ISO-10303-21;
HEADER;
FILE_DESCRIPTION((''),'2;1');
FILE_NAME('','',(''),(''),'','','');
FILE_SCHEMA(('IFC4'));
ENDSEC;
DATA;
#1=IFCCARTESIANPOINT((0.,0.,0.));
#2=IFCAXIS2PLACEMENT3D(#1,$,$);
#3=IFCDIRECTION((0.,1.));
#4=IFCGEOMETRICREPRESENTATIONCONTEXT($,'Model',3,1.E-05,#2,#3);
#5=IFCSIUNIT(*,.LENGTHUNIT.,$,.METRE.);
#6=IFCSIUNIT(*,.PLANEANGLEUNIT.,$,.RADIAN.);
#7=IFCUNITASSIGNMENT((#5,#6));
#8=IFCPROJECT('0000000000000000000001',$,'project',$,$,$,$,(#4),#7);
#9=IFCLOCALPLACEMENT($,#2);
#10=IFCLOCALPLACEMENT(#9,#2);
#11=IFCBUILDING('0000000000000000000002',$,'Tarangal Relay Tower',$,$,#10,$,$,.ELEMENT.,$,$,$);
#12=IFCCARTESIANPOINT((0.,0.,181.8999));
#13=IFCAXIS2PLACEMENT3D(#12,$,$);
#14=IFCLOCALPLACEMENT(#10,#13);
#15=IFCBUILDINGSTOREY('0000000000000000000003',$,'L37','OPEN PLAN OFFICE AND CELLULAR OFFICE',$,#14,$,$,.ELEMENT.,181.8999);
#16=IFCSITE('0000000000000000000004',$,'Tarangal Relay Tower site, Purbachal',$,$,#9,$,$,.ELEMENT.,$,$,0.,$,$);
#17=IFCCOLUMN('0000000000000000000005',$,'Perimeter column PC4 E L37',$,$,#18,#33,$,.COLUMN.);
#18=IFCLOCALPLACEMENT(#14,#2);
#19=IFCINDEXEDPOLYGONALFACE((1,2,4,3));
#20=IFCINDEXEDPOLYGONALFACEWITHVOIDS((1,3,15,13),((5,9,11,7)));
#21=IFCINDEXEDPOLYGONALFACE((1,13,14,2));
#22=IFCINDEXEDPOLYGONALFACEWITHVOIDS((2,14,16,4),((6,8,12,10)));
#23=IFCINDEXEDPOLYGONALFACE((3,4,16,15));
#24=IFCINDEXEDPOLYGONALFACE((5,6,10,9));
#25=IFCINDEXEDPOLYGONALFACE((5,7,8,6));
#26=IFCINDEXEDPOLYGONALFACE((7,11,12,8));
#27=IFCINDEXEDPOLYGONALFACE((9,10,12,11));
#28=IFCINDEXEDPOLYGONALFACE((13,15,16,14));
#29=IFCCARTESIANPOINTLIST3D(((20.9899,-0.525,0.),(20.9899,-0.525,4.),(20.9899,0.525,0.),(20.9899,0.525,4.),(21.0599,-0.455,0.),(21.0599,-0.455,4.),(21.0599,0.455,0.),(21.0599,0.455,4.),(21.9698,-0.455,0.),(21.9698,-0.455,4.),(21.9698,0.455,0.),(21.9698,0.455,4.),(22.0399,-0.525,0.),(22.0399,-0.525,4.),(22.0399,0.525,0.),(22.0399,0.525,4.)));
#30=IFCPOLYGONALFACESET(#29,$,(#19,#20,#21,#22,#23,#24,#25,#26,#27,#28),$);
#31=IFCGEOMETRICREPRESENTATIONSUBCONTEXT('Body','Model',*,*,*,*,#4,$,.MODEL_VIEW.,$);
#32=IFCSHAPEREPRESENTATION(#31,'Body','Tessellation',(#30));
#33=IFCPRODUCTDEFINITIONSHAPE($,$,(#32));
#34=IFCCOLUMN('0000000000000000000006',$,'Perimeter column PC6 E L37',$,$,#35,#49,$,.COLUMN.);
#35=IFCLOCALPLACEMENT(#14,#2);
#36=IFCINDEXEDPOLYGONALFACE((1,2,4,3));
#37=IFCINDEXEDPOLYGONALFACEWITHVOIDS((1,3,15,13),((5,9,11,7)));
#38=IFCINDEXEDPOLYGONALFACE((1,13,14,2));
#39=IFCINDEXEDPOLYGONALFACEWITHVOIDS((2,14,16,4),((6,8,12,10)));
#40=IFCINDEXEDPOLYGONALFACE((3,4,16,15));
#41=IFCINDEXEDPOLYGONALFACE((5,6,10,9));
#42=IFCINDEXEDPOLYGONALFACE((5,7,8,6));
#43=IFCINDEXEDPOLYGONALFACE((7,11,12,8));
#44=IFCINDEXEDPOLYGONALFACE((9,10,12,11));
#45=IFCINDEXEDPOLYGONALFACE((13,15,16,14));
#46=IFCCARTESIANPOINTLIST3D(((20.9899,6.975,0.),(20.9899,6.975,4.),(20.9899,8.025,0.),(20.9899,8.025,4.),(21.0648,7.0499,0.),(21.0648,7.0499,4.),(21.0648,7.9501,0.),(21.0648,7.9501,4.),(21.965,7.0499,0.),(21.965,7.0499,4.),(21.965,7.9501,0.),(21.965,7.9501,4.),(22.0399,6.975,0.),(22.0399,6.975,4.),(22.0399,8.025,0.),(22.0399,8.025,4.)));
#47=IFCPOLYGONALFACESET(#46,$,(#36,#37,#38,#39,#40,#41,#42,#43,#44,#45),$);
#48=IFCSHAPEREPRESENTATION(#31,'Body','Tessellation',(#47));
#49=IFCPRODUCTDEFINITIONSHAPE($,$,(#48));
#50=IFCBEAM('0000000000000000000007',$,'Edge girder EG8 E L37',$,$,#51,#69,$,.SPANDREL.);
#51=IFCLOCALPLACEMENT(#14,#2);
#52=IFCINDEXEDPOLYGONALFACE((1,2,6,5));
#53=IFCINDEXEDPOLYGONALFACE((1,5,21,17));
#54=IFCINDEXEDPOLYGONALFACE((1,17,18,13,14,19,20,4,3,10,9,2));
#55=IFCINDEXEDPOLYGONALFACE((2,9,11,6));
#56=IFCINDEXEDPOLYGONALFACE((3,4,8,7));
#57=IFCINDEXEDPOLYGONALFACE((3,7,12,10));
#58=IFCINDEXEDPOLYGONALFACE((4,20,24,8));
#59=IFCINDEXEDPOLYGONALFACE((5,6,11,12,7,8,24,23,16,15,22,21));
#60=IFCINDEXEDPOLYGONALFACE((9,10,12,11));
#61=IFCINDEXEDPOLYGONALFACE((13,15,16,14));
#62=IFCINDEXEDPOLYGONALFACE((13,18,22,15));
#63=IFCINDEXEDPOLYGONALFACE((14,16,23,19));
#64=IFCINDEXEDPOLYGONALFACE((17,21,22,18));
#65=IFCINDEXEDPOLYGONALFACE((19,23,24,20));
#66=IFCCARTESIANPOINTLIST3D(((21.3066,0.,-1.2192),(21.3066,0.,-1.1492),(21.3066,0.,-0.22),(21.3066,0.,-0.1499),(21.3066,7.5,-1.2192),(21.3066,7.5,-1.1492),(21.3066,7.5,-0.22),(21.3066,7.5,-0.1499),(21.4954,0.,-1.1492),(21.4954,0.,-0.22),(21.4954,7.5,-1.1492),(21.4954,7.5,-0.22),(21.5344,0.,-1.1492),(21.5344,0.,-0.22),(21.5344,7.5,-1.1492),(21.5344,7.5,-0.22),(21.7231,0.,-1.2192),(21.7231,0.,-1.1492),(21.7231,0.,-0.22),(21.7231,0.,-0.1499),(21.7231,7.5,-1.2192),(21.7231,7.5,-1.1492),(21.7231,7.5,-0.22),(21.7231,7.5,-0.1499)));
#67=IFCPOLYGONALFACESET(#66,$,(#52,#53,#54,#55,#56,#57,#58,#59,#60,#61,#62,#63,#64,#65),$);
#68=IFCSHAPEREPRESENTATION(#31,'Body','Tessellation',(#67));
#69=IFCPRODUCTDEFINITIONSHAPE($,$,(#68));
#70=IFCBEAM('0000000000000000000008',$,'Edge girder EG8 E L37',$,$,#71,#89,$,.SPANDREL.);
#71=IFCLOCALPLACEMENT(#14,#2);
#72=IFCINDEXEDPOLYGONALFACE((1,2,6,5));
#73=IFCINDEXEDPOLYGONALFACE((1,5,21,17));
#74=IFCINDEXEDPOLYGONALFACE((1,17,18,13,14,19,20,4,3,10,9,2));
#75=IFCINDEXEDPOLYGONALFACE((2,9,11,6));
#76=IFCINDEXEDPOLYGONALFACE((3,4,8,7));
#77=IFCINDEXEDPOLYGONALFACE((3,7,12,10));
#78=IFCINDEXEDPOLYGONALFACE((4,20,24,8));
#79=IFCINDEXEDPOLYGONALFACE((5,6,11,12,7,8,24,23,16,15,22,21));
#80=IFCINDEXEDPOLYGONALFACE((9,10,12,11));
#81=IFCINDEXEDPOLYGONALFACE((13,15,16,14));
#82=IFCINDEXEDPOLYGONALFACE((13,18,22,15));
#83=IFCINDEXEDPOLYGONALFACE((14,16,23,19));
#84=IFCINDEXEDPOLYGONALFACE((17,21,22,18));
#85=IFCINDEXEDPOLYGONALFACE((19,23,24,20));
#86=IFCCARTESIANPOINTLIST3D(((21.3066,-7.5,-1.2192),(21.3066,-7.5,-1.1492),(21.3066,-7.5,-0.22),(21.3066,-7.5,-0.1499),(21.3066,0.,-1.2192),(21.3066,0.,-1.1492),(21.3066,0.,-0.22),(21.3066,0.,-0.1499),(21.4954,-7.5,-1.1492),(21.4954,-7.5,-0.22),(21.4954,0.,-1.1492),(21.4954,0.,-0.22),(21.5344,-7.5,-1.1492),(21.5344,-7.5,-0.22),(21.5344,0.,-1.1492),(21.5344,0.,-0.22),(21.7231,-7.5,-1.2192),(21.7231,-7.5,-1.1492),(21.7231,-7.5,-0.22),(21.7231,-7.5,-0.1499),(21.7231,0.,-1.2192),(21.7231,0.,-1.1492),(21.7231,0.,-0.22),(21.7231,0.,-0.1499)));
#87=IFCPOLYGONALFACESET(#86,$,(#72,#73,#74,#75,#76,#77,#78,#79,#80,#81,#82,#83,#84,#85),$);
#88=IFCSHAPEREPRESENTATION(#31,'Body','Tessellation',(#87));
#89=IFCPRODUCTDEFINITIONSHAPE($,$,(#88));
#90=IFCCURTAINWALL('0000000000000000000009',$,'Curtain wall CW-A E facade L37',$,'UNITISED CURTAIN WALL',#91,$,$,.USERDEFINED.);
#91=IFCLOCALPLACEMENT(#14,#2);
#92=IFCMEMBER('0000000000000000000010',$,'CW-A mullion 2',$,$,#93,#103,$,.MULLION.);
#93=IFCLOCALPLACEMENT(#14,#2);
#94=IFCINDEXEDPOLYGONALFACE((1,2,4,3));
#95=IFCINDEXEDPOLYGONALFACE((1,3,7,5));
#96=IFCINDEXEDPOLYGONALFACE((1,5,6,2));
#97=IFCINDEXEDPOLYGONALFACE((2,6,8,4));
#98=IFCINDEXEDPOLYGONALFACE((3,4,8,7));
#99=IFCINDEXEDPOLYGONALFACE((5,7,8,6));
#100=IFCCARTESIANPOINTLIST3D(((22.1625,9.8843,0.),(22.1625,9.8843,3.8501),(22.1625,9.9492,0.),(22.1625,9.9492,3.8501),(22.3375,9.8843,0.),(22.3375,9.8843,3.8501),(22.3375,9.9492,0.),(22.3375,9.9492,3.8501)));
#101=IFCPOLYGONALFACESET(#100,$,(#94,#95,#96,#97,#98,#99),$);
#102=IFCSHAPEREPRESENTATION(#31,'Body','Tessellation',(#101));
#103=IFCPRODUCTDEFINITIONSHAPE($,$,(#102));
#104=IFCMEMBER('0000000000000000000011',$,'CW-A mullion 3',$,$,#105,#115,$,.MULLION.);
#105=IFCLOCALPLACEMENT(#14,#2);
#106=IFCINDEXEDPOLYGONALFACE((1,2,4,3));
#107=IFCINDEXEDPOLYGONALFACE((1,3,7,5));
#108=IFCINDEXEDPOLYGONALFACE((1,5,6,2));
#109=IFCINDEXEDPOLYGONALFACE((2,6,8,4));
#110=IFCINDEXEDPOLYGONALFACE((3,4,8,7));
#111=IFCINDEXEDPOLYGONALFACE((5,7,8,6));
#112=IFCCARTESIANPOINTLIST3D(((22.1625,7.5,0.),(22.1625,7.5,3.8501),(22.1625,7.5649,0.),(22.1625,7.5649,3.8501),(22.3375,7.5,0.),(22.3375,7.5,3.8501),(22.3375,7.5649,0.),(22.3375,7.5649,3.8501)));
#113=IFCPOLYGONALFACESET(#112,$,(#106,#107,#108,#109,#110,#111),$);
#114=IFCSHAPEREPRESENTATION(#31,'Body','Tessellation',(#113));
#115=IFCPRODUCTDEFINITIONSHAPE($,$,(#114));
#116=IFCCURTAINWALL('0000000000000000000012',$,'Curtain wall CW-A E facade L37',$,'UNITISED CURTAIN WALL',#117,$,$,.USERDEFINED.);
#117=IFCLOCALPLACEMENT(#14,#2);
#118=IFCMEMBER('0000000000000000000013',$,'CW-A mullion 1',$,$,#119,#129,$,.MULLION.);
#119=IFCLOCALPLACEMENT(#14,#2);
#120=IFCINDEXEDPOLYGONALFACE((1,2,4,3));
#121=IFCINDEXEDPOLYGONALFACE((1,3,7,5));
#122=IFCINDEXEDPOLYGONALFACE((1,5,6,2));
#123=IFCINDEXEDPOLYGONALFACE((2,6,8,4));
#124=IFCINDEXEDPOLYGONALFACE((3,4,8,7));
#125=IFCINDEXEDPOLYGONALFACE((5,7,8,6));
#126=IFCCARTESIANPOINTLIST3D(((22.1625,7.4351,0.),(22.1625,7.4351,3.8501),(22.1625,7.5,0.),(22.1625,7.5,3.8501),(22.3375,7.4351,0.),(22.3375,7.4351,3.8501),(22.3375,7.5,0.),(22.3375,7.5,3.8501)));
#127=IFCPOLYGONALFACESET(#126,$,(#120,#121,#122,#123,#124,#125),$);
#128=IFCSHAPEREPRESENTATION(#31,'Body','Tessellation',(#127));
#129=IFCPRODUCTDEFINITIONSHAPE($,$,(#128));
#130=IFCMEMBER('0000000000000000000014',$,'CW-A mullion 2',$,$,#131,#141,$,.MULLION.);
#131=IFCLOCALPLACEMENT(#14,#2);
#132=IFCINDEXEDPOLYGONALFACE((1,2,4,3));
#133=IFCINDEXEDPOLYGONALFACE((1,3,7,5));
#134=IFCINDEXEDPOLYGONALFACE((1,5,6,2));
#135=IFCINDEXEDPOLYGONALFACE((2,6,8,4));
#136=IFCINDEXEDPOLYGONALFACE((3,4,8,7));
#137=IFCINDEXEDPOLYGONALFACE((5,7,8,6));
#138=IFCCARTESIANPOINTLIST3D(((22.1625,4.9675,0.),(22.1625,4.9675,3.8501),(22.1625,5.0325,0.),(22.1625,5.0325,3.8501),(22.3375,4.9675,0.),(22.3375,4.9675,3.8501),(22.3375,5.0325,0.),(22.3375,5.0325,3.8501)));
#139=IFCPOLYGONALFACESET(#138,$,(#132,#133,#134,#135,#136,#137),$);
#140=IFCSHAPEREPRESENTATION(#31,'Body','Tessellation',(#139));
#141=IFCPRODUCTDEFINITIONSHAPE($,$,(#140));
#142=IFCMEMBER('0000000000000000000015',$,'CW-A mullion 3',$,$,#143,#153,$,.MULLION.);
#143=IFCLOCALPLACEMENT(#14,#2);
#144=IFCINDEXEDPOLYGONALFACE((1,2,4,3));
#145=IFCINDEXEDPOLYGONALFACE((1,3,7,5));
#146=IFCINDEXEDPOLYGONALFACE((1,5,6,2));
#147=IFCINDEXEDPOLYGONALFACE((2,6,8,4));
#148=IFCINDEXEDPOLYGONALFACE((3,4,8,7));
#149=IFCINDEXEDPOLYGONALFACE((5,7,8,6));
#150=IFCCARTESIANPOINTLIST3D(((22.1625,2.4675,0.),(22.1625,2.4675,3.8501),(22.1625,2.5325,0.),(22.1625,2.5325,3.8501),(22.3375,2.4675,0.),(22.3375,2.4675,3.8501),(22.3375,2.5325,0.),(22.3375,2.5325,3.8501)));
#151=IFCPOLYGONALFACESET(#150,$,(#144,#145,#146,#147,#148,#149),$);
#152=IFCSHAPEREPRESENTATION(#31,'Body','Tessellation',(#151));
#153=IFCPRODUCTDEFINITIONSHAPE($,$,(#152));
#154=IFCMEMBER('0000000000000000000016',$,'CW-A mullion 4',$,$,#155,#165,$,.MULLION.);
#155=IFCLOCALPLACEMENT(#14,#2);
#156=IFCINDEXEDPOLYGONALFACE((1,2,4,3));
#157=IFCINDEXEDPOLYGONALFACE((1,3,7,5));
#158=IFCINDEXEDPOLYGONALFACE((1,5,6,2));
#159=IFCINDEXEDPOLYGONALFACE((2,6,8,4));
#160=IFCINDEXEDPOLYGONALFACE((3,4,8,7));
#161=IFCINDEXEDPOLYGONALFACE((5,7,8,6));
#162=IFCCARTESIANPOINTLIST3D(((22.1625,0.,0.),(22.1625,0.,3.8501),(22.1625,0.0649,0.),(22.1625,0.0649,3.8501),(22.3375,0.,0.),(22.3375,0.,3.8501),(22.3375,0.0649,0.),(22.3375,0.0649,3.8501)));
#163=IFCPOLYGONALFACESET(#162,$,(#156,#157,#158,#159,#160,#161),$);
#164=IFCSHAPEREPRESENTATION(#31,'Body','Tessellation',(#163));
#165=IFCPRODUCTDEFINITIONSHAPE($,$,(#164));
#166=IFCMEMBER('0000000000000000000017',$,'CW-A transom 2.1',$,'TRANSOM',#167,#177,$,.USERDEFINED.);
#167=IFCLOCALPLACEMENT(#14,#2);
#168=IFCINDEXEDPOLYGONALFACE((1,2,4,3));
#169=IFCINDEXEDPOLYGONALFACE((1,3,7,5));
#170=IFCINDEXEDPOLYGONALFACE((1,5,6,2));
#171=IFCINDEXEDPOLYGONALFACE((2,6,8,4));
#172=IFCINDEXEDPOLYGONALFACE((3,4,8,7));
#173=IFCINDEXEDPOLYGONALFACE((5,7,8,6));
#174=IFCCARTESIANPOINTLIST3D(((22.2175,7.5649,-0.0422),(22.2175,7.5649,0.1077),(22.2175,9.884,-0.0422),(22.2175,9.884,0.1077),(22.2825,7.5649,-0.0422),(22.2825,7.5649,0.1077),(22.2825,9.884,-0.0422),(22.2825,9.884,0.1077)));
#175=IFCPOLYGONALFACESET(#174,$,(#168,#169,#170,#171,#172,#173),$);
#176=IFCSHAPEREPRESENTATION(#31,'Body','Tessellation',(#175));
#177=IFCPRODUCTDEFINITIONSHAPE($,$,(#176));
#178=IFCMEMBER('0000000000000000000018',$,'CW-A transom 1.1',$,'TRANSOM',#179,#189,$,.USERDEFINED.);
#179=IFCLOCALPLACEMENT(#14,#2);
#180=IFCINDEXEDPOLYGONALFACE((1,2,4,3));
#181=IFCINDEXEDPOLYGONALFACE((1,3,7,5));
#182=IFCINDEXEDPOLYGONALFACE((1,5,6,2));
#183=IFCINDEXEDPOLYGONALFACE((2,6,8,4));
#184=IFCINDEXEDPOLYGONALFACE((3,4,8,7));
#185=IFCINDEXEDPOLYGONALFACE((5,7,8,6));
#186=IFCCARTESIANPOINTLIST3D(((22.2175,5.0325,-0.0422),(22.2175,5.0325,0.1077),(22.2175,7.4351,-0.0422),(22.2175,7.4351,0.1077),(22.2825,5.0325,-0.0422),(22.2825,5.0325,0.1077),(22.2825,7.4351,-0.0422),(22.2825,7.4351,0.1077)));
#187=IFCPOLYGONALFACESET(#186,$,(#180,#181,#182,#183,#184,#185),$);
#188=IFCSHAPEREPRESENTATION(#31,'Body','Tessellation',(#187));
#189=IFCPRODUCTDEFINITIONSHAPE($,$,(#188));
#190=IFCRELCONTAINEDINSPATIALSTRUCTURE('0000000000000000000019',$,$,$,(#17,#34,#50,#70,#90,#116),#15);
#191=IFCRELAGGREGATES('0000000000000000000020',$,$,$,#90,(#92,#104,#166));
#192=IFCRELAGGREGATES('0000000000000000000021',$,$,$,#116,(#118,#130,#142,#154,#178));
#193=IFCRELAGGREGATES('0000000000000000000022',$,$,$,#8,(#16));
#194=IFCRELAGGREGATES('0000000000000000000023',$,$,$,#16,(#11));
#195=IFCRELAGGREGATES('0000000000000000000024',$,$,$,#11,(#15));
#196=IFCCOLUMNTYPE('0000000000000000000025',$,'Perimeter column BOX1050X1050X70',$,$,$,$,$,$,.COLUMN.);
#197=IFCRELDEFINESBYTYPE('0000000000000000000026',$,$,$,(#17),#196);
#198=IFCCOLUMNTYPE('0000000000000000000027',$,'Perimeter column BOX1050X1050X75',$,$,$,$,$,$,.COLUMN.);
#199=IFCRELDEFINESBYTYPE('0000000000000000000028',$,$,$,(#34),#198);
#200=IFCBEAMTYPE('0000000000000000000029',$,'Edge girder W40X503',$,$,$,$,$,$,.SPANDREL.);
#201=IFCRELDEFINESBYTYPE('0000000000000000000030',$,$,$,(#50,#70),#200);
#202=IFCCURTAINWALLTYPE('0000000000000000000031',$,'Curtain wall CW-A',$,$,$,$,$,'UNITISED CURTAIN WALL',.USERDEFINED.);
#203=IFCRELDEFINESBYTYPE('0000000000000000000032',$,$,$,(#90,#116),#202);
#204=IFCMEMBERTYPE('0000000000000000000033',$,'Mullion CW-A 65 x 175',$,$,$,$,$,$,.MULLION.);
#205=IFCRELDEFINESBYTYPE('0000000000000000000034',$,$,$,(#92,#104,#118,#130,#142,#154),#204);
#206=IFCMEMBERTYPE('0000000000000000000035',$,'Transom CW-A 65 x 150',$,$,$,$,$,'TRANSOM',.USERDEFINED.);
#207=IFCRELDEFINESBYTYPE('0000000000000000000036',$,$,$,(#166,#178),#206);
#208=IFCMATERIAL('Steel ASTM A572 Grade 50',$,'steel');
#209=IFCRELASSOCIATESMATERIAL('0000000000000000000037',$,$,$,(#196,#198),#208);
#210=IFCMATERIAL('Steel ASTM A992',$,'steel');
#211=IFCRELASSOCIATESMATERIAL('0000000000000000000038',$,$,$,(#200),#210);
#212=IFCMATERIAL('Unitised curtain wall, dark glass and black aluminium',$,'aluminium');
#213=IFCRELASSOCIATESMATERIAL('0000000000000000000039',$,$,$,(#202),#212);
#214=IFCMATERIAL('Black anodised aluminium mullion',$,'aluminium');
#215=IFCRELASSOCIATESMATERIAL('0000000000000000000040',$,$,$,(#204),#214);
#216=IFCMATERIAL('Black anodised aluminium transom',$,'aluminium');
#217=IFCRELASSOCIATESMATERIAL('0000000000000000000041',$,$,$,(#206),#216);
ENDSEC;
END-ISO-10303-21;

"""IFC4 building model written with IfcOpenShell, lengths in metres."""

from ifc_helpers import new_model, si_unit, direction, frame, origin, origin_2d, place, context, subcontext, project, spatial, rectangle, hollow_rectangle, i_section, extrude, material, material_profile, profile_set, type_object, element, aggregate, save


model = new_model("IFC4")

# Units and contexts
model_context = context("Model", 3, precision=1e-05, world=origin(), true_north=direction((0.0, 1.0)))
body_context = subcontext(model_context, "Body", "Model", "MODEL_VIEW")
ifc_project = project(units=[si_unit("LENGTHUNIT", "METRE"), si_unit("PLANEANGLEUNIT", "RADIAN")], contexts=[model_context])

# Site, building, storey
site_placement = place(None, origin())
site = spatial("IfcSite", under=ifc_project, at=site_placement, Name="Tarangal Relay Tower site, Purbachal", CompositionType="ELEMENT", RefElevation=0.0)
building_placement = place(site_placement, origin())
building = spatial("IfcBuilding", under=site, at=building_placement, Name="Tarangal Relay Tower", CompositionType="ELEMENT")
storey_placement = place(building_placement, frame((0.0, 0.0, 181.8999)))
storey = spatial("IfcBuildingStorey", under=building, at=storey_placement, Name="L37", Description="OPEN PLAN OFFICE AND CELLULAR OFFICE", CompositionType="ELEMENT", Elevation=181.8999)

# Columns
ifc_material_1 = material(Name="Steel ASTM A572 Grade 50", Category="steel")
ifc_material_profile_1 = material_profile(ifc_material_1, hollow_rectangle(XDim=1.05, YDim=1.05, WallThickness=0.0701, at=origin_2d()), Name="BOX1050X1050X70")
ifc_profile_set_1 = profile_set([ifc_material_profile_1], Name="Steel ASTM A572 Grade 50")
column_type_1 = type_object("IfcColumnType", Name="Perimeter column BOX1050X1050X70", PredefinedType="COLUMN", material=ifc_profile_set_1)
column_1_placement = place(storey_placement, frame((21.5149, 0.0, 0.0), z_axis=(0.0, 0.0, 1.0), x_axis=(1.0, 0.0, 0.0)))
element("IfcColumn", 1, at=column_1_placement, inside=storey, type_object=column_type_1, Name="Perimeter column PC4 E L37", PredefinedType="COLUMN", context=body_context, shape_type="SweptSolid", body=[
    extrude(hollow_rectangle(XDim=1.05, YDim=1.05, WallThickness=0.0701, at=origin_2d()), origin(), (0.0, 0.0, 1.0), 4.0),
])
ifc_material_profile_2 = material_profile(ifc_material_1, hollow_rectangle(XDim=1.05, YDim=1.05, WallThickness=0.075, at=origin_2d()), Name="BOX1050X1050X75")
ifc_profile_set_2 = profile_set([ifc_material_profile_2], Name="Steel ASTM A572 Grade 50")
column_type_2 = type_object("IfcColumnType", Name="Perimeter column BOX1050X1050X75", PredefinedType="COLUMN", material=ifc_profile_set_2)
column_2_placement = place(storey_placement, frame((21.5149, 7.5, 0.0), z_axis=(0.0, 0.0, 1.0), x_axis=(1.0, 0.0, 0.0)))
element("IfcColumn", 2, at=column_2_placement, inside=storey, type_object=column_type_2, Name="Perimeter column PC6 E L37", PredefinedType="COLUMN", context=body_context, shape_type="SweptSolid", body=[
    extrude(hollow_rectangle(XDim=1.05, YDim=1.05, WallThickness=0.075, at=origin_2d()), origin(), (0.0, 0.0, 1.0), 4.0),
])

# Beams
ifc_material_2 = material(Name="Steel ASTM A992", Category="steel")
ifc_material_profile_3 = material_profile(ifc_material_2, i_section(OverallWidth=0.4165, OverallDepth=1.0693, WebThickness=0.0391, FlangeThickness=0.0701, at=origin_2d()), Name="W40X503")
ifc_profile_set_3 = profile_set([ifc_material_profile_3], Name="Steel ASTM A992")
beam_type = type_object("IfcBeamType", Name="Edge girder W40X503", PredefinedType="SPANDREL", material=ifc_profile_set_3)
for number, where, z_axis, x_axis, name in (
    (3, (21.5149, 7.5, -0.6846), (0.0, -1.0, 0.0), (1.0, 0.0, 0.0), "Edge girder EG8 E L37"),
    (4, (21.5149, 0.0, -0.6846), (0.0, -1.0, 0.0), (1.0, 0.0, 0.0), "Edge girder EG8 E L37"),
):
    element("IfcBeam", number, at=place(storey_placement, frame(where, z_axis=z_axis, x_axis=x_axis)), inside=storey, type_object=beam_type, Name=name, PredefinedType="SPANDREL", context=body_context, shape_type="SweptSolid", body=[
        extrude(i_section(OverallWidth=0.4165, OverallDepth=1.0693, WebThickness=0.0391, FlangeThickness=0.0701, at=origin_2d()), origin(), (0.0, 0.0, 1.0), 7.5),
    ])

# Curtain walls, members
ifc_material_3 = material(Name="Unitised curtain wall, dark glass and black aluminium", Category="aluminium")
curtain_wall_type = type_object("IfcCurtainWallType", Name="Curtain wall CW-A", ElementType="UNITISED CURTAIN WALL", PredefinedType="USERDEFINED", material=ifc_material_3)
curtain_wall_1_placement = place(storey_placement, origin())
curtain_wall_1 = element("IfcCurtainWall", 5, at=curtain_wall_1_placement, inside=storey, type_object=curtain_wall_type, Name="Curtain wall CW-A E facade L37", ObjectType="UNITISED CURTAIN WALL", PredefinedType="USERDEFINED")
ifc_material_4 = material(Name="Black anodised aluminium mullion", Category="aluminium")
ifc_material_profile_4 = material_profile(ifc_material_4, rectangle(XDim=0.175, YDim=0.0649, at=origin_2d()), Name="CW-AM 65X175")
ifc_profile_set_4 = profile_set([ifc_material_profile_4], Name="Black anodised aluminium mullion")
member_type_1 = type_object("IfcMemberType", Name="Mullion CW-A 65 x 175", PredefinedType="MULLION", material=ifc_profile_set_4)
member_1_placement = place(storey_placement, frame((22.25, 9.9167, 0.0), z_axis=(0.0, 0.0, 1.0), x_axis=(1.0, 0.0, 0.0)))
member_1 = element("IfcMember", 6, at=member_1_placement, type_object=member_type_1, Name="CW-A mullion 2", PredefinedType="MULLION", context=body_context, shape_type="SweptSolid", body=[
    extrude(rectangle(XDim=0.175, YDim=0.0649, at=origin_2d()), origin(), (0.0, 0.0, 1.0), 3.8501),
])
member_2_placement = place(storey_placement, frame((22.25, 7.5325, 0.0), z_axis=(0.0, 0.0, 1.0), x_axis=(1.0, 0.0, 0.0)))
member_2 = element("IfcMember", 7, at=member_2_placement, type_object=member_type_1, Name="CW-A mullion 3", PredefinedType="MULLION", context=body_context, shape_type="SweptSolid", body=[
    extrude(rectangle(XDim=0.175, YDim=0.0649, at=origin_2d()), origin(), (0.0, 0.0, 1.0), 3.8501),
])
curtain_wall_2_placement = place(storey_placement, origin())
curtain_wall_2 = element("IfcCurtainWall", 8, at=curtain_wall_2_placement, inside=storey, type_object=curtain_wall_type, Name="Curtain wall CW-A E facade L37", ObjectType="UNITISED CURTAIN WALL", PredefinedType="USERDEFINED")
member_3_placement = place(storey_placement, frame((22.25, 7.4675, 0.0), z_axis=(0.0, 0.0, 1.0), x_axis=(1.0, 0.0, 0.0)))
member_3 = element("IfcMember", 9, at=member_3_placement, type_object=member_type_1, Name="CW-A mullion 1", PredefinedType="MULLION", context=body_context, shape_type="SweptSolid", body=[
    extrude(rectangle(XDim=0.175, YDim=0.0649, at=origin_2d()), origin(), (0.0, 0.0, 1.0), 3.8501),
])
member_4_placement = place(storey_placement, frame((22.25, 5.0, 0.0), z_axis=(0.0, 0.0, 1.0), x_axis=(1.0, 0.0, 0.0)))
member_4 = element("IfcMember", 10, at=member_4_placement, type_object=member_type_1, Name="CW-A mullion 2", PredefinedType="MULLION", context=body_context, shape_type="SweptSolid", body=[
    extrude(rectangle(XDim=0.175, YDim=0.0649, at=origin_2d()), origin(), (0.0, 0.0, 1.0), 3.8501),
])
member_5_placement = place(storey_placement, frame((22.25, 2.5, 0.0), z_axis=(0.0, 0.0, 1.0), x_axis=(1.0, 0.0, 0.0)))
member_5 = element("IfcMember", 11, at=member_5_placement, type_object=member_type_1, Name="CW-A mullion 3", PredefinedType="MULLION", context=body_context, shape_type="SweptSolid", body=[
    extrude(rectangle(XDim=0.175, YDim=0.0649, at=origin_2d()), origin(), (0.0, 0.0, 1.0), 3.8501),
])
member_6_placement = place(storey_placement, frame((22.25, 0.0325, 0.0), z_axis=(0.0, 0.0, 1.0), x_axis=(1.0, 0.0, 0.0)))
member_6 = element("IfcMember", 12, at=member_6_placement, type_object=member_type_1, Name="CW-A mullion 4", PredefinedType="MULLION", context=body_context, shape_type="SweptSolid", body=[
    extrude(rectangle(XDim=0.175, YDim=0.0649, at=origin_2d()), origin(), (0.0, 0.0, 1.0), 3.8501),
])

# Members
ifc_material_5 = material(Name="Black anodised aluminium transom", Category="aluminium")
ifc_material_profile_5 = material_profile(ifc_material_5, rectangle(XDim=0.0649, YDim=0.1499, at=origin_2d()), Name="CW-AT 65X150")
ifc_profile_set_5 = profile_set([ifc_material_profile_5], Name="Black anodised aluminium transom")
member_type_2 = type_object("IfcMemberType", Name="Transom CW-A 65 x 150", ElementType="TRANSOM", PredefinedType="USERDEFINED", material=ifc_profile_set_5)
member_7_placement = place(storey_placement, frame((22.25, 9.884, 0.0327), z_axis=(0.0, -1.0, 0.0), x_axis=(1.0, 0.0, 0.0)))
member_7 = element("IfcMember", 13, at=member_7_placement, type_object=member_type_2, Name="CW-A transom 2.1", ObjectType="TRANSOM", PredefinedType="USERDEFINED", context=body_context, shape_type="SweptSolid", body=[
    extrude(rectangle(XDim=0.0649, YDim=0.1499, at=origin_2d()), origin(), (0.0, 0.0, 1.0), 2.3191),
])
member_8_placement = place(storey_placement, frame((22.25, 7.4351, 0.0327), z_axis=(0.0, -1.0, 0.0), x_axis=(1.0, 0.0, 0.0)))
member_8 = element("IfcMember", 14, at=member_8_placement, type_object=member_type_2, Name="CW-A transom 1.1", ObjectType="TRANSOM", PredefinedType="USERDEFINED", context=body_context, shape_type="SweptSolid", body=[
    extrude(rectangle(XDim=0.0649, YDim=0.1499, at=origin_2d()), origin(), (0.0, 0.0, 1.0), 2.4026),
])

aggregate(curtain_wall_1, [member_1, member_2, member_7])
aggregate(curtain_wall_2, [member_3, member_4, member_5, member_6, member_8])

save(model, "model.ifc")
